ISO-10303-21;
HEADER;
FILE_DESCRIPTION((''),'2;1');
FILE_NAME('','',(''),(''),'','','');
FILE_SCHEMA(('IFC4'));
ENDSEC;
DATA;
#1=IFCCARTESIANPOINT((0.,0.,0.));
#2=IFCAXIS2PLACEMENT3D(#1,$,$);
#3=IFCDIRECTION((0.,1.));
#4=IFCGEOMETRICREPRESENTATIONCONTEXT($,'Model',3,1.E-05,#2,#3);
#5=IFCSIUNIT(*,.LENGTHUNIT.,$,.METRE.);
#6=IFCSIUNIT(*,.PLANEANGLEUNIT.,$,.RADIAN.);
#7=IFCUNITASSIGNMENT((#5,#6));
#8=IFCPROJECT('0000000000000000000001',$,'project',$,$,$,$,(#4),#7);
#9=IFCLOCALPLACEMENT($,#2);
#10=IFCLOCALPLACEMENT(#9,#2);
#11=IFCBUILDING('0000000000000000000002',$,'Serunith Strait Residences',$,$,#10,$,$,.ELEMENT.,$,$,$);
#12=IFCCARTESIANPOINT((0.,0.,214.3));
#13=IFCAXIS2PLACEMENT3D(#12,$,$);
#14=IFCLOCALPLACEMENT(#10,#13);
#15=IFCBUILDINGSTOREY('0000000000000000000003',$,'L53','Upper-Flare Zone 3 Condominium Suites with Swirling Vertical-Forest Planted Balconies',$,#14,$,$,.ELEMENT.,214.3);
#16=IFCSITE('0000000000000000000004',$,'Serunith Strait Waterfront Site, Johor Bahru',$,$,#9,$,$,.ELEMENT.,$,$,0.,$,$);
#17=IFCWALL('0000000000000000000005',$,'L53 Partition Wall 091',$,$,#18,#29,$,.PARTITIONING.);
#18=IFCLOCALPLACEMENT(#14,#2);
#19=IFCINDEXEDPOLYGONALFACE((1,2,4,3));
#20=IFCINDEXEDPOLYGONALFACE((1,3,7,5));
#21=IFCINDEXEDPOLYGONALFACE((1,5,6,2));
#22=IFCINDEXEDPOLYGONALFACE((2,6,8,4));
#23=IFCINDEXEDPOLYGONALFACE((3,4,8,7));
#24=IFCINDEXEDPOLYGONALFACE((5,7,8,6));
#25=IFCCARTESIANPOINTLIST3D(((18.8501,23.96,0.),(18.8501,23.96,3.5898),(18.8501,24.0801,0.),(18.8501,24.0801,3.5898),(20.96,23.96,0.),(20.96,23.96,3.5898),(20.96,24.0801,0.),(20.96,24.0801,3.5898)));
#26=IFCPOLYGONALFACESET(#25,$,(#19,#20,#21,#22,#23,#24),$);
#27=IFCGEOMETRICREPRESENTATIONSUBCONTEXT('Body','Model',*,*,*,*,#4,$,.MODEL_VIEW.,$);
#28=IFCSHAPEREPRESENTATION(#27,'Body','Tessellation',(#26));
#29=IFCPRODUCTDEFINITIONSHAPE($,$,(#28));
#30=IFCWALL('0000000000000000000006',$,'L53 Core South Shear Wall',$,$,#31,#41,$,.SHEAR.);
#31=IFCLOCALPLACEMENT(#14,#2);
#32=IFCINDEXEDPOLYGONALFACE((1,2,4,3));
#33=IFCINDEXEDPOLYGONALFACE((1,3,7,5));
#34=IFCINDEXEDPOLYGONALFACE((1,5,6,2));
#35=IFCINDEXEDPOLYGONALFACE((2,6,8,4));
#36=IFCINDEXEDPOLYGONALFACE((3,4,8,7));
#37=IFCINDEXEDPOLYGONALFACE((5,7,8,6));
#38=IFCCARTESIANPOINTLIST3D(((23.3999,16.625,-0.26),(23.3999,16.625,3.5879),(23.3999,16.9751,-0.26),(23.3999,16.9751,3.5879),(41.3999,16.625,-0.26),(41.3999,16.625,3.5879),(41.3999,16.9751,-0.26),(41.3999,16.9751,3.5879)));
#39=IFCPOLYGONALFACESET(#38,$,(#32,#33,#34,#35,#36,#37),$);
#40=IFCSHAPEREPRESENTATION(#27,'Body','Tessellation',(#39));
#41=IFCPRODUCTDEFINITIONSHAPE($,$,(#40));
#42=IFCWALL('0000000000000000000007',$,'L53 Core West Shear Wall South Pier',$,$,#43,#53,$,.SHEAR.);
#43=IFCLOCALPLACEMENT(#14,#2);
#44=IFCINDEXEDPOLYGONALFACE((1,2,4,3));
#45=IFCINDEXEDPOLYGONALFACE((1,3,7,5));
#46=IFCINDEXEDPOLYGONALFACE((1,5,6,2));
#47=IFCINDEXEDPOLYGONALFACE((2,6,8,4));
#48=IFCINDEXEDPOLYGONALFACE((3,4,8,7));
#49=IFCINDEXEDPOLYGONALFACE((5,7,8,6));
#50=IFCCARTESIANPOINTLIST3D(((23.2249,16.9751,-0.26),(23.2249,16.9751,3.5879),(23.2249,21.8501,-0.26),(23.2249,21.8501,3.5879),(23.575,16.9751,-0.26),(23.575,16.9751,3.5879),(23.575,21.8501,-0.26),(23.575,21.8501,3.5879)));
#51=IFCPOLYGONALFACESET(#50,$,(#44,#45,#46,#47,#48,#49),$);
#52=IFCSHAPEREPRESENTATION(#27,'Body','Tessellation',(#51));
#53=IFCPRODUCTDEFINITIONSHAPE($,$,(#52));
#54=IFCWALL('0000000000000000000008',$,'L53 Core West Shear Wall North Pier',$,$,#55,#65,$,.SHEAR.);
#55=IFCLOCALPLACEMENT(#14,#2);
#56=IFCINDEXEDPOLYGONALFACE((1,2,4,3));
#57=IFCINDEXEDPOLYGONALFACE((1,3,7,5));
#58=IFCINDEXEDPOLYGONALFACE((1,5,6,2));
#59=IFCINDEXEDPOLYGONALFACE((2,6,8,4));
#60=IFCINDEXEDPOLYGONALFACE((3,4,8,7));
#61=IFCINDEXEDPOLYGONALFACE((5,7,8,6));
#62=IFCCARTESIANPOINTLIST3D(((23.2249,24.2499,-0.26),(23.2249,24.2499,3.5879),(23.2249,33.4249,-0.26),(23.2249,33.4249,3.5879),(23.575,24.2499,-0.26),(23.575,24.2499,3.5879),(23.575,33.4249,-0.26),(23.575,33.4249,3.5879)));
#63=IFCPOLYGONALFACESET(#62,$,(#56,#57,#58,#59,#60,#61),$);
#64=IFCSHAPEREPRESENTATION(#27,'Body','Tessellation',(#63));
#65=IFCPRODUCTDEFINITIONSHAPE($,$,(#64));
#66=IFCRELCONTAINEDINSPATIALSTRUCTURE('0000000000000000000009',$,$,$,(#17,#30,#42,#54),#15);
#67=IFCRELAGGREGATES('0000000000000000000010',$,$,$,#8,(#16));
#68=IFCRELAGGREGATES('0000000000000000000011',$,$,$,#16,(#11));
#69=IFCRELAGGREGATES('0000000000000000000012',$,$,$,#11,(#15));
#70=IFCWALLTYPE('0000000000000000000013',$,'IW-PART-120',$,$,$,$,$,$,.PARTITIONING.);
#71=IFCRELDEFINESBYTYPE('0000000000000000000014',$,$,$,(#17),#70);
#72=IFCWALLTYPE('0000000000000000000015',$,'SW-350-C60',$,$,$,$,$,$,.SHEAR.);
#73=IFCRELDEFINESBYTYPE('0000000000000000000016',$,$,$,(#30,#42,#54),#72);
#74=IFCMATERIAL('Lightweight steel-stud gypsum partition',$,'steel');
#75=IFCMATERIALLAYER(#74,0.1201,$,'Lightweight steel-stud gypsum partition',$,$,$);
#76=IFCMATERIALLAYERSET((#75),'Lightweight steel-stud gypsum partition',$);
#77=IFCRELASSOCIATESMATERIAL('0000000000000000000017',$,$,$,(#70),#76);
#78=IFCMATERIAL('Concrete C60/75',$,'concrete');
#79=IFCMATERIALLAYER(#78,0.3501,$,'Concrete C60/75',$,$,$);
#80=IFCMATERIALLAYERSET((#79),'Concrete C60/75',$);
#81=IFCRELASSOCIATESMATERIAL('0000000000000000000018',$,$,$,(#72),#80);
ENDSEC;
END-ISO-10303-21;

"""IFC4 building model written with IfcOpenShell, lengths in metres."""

from ifc_helpers import new_model, si_unit, direction, frame, frame_2d, origin, place, context, subcontext, project, spatial, rectangle, extrude, material, layer, layer_set, type_object, element, save


model = new_model("IFC4")

# Units and contexts
model_context = context("Model", 3, precision=1e-05, world=origin(), true_north=direction((0.0, 1.0)))
body_context = subcontext(model_context, "Body", "Model", "MODEL_VIEW")
ifc_project = project(units=[si_unit("LENGTHUNIT", "METRE"), si_unit("PLANEANGLEUNIT", "RADIAN")], contexts=[model_context])

# Site, building, storey
site_placement = place(None, origin())
site = spatial("IfcSite", under=ifc_project, at=site_placement, Name="Serunith Strait Waterfront Site, Johor Bahru", CompositionType="ELEMENT", RefElevation=0.0)
building_placement = place(site_placement, origin())
building = spatial("IfcBuilding", under=site, at=building_placement, Name="Serunith Strait Residences", CompositionType="ELEMENT")
storey_placement = place(building_placement, frame((0.0, 0.0, 214.3)))
storey = spatial("IfcBuildingStorey", under=building, at=storey_placement, Name="L53", Description="Upper-Flare Zone 3 Condominium Suites with Swirling Vertical-Forest Planted Balconies", CompositionType="ELEMENT", Elevation=214.3)

# Shared definitions
ifc_material_1 = material(Name="Lightweight steel-stud gypsum partition", Category="steel")
ifc_layer_1 = layer(ifc_material_1, 0.1201, Name="Lightweight steel-stud gypsum partition")
ifc_layer_set_1 = layer_set([ifc_layer_1], Name="Lightweight steel-stud gypsum partition")
wall_type_1 = type_object("IfcWallType", Name="IW-PART-120", PredefinedType="PARTITIONING", material=ifc_layer_set_1)

# Wall
wall_1_placement = place(storey_placement, frame((18.8501, 24.02, 0.0), z_axis=(0.0, 0.0, 1.0), x_axis=(1.0, 0.0, 0.0)))
element("IfcWall", 1, at=wall_1_placement, inside=storey, type_object=wall_type_1, Name="L53 Partition Wall 091", PredefinedType="PARTITIONING", context=body_context, shape_type="SweptSolid", body=[
    extrude(rectangle(XDim=2.1099, YDim=0.1201, at=frame_2d((1.0549, 0.0))), origin(), (0.0, 0.0, 1.0), 3.5898),
])

# Walls
ifc_material_2 = material(Name="Concrete C60/75", Category="concrete")
ifc_layer_2 = layer(ifc_material_2, 0.3501, Name="Concrete C60/75")
ifc_layer_set_2 = layer_set([ifc_layer_2], Name="Concrete C60/75")
wall_type_2 = type_object("IfcWallType", Name="SW-350-C60", PredefinedType="SHEAR", material=ifc_layer_set_2)
wall_2_placement = place(storey_placement, frame((23.3999, 16.8, -0.26), z_axis=(0.0, 0.0, 1.0), x_axis=(1.0, 0.0, 0.0)))
element("IfcWall", 2, at=wall_2_placement, inside=storey, type_object=wall_type_2, Name="L53 Core South Shear Wall", PredefinedType="SHEAR", context=body_context, shape_type="SweptSolid", body=[
    extrude(rectangle(XDim=18.0, YDim=0.3501, at=frame_2d((9.0, 0.0))), origin(), (0.0, 0.0, 1.0), 3.8479),
])
wall_3_placement = place(storey_placement, frame((23.3999, 16.9751, -0.26), z_axis=(0.0, 0.0, 1.0), x_axis=(0.0, 1.0, 0.0)))
element("IfcWall", 3, at=wall_3_placement, inside=storey, type_object=wall_type_2, Name="L53 Core West Shear Wall South Pier", PredefinedType="SHEAR", context=body_context, shape_type="SweptSolid", body=[
    extrude(rectangle(XDim=4.875, YDim=0.3501, at=frame_2d((2.4375, 0.0))), origin(), (0.0, 0.0, 1.0), 3.8479),
])
wall_4_placement = place(storey_placement, frame((23.3999, 24.25, -0.26), z_axis=(0.0, 0.0, 1.0), x_axis=(0.0, 1.0, 0.0)))
element("IfcWall", 4, at=wall_4_placement, inside=storey, type_object=wall_type_2, Name="L53 Core West Shear Wall North Pier", PredefinedType="SHEAR", context=body_context, shape_type="SweptSolid", body=[
    extrude(rectangle(XDim=9.175, YDim=0.3501, at=frame_2d((4.5874, 0.0))), origin(), (0.0, 0.0, 1.0), 3.8479),
])

save(model, "model.ifc")
